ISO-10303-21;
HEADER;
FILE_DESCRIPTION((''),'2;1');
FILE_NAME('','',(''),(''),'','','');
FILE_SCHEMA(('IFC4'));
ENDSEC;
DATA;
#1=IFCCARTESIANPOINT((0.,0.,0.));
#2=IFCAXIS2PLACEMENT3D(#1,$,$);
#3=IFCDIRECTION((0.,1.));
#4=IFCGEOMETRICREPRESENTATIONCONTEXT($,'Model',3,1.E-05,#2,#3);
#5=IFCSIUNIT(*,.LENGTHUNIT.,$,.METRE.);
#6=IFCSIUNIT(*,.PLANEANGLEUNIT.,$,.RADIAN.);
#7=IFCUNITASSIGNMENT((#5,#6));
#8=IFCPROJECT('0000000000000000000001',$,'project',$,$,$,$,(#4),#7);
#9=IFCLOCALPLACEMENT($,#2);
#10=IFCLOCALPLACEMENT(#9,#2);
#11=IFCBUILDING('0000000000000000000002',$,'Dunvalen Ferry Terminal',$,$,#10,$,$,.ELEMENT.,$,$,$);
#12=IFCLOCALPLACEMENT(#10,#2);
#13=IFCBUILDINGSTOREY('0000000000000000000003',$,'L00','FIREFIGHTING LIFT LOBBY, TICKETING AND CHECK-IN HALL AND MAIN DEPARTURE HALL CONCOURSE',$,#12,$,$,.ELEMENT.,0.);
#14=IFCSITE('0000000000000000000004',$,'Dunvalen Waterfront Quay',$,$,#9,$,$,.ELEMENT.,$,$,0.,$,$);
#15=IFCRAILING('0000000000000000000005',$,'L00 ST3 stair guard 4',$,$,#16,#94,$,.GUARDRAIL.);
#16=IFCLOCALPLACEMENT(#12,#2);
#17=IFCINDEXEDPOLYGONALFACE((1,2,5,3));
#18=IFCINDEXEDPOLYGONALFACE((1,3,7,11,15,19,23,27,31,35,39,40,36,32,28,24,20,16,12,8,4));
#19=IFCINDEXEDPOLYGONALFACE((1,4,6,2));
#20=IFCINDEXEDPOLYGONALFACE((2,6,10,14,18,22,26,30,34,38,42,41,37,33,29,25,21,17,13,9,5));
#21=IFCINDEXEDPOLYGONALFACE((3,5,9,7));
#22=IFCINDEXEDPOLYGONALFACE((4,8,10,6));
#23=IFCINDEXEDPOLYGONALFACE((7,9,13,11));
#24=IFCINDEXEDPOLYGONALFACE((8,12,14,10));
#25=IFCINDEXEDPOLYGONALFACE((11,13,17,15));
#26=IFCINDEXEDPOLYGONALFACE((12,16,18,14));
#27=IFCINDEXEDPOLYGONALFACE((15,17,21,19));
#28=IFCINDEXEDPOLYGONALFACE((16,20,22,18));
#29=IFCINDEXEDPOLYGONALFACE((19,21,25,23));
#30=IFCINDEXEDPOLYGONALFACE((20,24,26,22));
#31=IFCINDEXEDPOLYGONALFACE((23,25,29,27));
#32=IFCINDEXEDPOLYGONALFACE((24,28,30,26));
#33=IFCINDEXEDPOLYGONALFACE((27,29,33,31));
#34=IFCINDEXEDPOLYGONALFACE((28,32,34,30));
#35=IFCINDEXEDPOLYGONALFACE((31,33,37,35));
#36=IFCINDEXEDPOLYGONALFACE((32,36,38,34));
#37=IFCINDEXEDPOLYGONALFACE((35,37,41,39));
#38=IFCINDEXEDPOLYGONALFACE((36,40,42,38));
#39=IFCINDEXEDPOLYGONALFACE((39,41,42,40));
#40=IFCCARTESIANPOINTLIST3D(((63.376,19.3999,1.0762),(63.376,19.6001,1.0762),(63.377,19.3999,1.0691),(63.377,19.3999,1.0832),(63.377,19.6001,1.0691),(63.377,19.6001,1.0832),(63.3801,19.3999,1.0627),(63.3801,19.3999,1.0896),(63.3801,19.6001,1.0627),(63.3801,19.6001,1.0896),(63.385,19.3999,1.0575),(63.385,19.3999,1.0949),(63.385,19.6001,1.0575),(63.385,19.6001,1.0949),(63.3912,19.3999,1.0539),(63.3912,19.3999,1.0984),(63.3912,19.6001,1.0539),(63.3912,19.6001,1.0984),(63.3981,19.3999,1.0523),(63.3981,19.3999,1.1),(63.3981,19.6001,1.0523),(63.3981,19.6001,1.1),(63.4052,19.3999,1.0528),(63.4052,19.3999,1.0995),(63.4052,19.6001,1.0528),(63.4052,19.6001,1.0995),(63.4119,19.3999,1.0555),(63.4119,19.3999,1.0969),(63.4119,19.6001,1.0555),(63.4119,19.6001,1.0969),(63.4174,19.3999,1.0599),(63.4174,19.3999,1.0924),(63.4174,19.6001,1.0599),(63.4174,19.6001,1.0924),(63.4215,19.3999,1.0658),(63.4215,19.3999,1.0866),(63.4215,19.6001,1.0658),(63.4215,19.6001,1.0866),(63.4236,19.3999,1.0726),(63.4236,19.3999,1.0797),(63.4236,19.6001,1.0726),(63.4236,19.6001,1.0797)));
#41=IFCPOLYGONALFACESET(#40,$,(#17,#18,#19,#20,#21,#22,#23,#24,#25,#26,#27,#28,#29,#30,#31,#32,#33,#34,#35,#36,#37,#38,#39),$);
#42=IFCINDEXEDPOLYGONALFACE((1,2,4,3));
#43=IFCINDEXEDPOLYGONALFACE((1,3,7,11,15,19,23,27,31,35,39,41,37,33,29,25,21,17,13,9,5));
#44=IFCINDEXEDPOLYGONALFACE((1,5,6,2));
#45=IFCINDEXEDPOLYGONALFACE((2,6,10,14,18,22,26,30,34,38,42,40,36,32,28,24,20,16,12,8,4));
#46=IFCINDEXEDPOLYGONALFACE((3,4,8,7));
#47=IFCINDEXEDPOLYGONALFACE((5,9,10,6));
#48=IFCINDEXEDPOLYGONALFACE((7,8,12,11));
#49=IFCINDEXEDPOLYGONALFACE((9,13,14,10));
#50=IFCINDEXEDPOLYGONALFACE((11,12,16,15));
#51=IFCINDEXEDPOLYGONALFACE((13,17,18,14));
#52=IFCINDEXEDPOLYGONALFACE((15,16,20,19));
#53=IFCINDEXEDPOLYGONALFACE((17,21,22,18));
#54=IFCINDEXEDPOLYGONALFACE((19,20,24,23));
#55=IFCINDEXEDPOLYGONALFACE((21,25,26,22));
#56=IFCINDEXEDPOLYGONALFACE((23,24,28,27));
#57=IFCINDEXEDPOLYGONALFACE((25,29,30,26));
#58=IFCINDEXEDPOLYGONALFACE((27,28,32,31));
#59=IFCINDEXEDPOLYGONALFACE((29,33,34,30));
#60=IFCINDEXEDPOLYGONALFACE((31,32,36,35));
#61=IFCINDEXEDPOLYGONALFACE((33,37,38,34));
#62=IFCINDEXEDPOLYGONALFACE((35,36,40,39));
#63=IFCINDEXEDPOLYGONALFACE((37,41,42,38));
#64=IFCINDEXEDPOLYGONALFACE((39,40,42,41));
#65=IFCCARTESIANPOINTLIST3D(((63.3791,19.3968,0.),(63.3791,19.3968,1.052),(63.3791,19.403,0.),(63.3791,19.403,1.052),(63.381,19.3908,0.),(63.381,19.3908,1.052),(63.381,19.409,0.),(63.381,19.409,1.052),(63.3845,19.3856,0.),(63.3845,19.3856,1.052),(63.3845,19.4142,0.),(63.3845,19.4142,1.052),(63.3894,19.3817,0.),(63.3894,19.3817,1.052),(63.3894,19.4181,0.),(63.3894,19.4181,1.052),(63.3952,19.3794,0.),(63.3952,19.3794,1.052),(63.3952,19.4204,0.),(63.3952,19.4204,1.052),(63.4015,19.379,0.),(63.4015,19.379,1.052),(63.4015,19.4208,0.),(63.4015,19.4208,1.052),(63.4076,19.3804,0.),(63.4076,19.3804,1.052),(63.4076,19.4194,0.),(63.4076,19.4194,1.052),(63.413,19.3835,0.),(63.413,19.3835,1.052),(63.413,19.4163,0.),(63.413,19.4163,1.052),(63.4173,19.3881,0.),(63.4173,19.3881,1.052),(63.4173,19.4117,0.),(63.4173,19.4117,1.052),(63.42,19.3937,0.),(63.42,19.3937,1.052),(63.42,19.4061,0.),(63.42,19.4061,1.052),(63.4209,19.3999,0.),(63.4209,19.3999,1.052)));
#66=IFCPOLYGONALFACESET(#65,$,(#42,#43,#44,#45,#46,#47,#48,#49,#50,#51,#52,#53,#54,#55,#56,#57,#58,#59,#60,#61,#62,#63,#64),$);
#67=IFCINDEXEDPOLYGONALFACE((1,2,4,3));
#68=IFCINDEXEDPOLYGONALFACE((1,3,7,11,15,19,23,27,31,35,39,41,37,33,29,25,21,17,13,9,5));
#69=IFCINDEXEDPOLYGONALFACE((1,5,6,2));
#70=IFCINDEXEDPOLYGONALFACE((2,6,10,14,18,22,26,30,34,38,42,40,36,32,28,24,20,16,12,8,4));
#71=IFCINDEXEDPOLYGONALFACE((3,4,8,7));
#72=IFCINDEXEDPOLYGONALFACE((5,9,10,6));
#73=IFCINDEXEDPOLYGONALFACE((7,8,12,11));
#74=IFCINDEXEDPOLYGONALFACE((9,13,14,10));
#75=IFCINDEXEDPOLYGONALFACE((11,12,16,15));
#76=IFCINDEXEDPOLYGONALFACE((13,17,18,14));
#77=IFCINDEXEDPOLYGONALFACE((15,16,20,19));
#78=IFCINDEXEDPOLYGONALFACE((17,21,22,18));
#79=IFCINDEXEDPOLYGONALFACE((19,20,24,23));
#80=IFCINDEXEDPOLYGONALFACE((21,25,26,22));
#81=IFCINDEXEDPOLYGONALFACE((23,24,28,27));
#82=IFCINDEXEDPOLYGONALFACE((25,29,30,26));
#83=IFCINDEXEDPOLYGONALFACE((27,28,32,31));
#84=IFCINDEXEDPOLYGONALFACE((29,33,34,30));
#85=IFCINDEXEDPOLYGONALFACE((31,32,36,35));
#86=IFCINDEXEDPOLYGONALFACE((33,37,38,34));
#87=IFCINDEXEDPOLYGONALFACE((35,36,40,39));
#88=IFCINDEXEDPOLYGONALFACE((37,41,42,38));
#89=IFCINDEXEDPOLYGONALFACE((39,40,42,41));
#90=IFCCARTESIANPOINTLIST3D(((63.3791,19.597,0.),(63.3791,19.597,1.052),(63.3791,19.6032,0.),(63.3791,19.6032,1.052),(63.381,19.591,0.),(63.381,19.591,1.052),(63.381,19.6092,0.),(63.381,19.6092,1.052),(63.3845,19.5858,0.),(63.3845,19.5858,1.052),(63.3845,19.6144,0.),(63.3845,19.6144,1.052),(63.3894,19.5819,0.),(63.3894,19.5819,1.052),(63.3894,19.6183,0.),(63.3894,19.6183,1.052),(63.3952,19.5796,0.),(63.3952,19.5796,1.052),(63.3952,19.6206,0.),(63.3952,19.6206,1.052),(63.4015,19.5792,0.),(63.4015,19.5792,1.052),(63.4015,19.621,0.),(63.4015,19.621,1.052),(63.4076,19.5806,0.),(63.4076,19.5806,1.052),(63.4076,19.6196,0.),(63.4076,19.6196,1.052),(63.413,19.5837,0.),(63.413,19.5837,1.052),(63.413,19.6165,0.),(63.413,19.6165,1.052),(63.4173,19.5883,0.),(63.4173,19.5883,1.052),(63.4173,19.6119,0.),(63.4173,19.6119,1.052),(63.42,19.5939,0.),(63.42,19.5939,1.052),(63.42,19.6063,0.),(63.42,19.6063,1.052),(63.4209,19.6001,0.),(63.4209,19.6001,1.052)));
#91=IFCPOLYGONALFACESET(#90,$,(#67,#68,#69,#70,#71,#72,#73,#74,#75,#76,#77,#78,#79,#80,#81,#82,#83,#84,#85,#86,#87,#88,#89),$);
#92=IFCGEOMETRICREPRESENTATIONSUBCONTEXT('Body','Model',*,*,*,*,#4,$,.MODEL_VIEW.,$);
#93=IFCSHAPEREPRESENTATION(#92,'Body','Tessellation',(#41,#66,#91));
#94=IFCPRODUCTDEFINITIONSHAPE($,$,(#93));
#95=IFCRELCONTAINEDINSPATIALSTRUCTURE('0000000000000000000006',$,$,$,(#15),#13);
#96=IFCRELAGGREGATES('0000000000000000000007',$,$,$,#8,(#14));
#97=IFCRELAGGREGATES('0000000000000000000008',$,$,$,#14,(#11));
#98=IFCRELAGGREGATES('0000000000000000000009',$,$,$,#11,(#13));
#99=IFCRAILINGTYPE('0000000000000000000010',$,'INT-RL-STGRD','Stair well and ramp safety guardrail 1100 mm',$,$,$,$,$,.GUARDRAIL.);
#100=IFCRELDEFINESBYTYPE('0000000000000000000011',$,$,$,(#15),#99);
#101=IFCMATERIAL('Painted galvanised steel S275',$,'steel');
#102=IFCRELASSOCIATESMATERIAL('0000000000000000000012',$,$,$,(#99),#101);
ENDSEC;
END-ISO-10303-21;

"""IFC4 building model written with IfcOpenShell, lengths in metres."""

from ifc_helpers import new_model, si_unit, direction, frame, origin, origin_2d, place, context, subcontext, project, spatial, circle, extrude, material, type_object, element, save


model = new_model("IFC4")

# Units and contexts
model_context = context("Model", 3, precision=1e-05, world=origin(), true_north=direction((0.0, 1.0)))
body_context = subcontext(model_context, "Body", "Model", "MODEL_VIEW")
ifc_project = project(units=[si_unit("LENGTHUNIT", "METRE"), si_unit("PLANEANGLEUNIT", "RADIAN")], contexts=[model_context])

# Site, building, storey
site_placement = place(None, origin())
site = spatial("IfcSite", under=ifc_project, at=site_placement, Name="Dunvalen Waterfront Quay", CompositionType="ELEMENT", RefElevation=0.0)
building_placement = place(site_placement, origin())
building = spatial("IfcBuilding", under=site, at=building_placement, Name="Dunvalen Ferry Terminal", CompositionType="ELEMENT")
storey_placement = place(building_placement, origin())
storey = spatial("IfcBuildingStorey", under=building, at=storey_placement, Name="L00", Description="FIREFIGHTING LIFT LOBBY, TICKETING AND CHECK-IN HALL AND MAIN DEPARTURE HALL CONCOURSE", CompositionType="ELEMENT", Elevation=0.0)

# Railing
ifc_material_1 = material(Name="Painted galvanised steel S275", Category="steel")
railing_type_1 = type_object("IfcRailingType", Name="INT-RL-STGRD", Description="Stair well and ramp safety guardrail 1100 mm", PredefinedType="GUARDRAIL", material=ifc_material_1)
railing_1_placement = place(storey_placement, frame((63.3999, 19.3999, 0.0)))
element("IfcRailing", 1, at=railing_1_placement, inside=storey, type_object=railing_type_1, Name="L00 ST3 stair guard 4", PredefinedType="GUARDRAIL", context=body_context, shape_type="SweptSolid", body=[
    extrude(circle(Radius=0.0239, at=origin_2d()), frame((0.0, 0.0, 1.0762), z_axis=(0.0, 1.0, 0.0), x_axis=(-1.0, 0.0, 0.0)), (0.0, 0.0, 1.0), 0.2002),
    extrude(circle(Radius=0.021, at=origin_2d()), origin(), (0.0, 0.0, 1.0), 1.052),
    extrude(circle(Radius=0.021, at=origin_2d()), frame((0.0, 0.2002, 0.0)), (0.0, 0.0, 1.0), 1.052),
])

save(model, "model.ifc")
